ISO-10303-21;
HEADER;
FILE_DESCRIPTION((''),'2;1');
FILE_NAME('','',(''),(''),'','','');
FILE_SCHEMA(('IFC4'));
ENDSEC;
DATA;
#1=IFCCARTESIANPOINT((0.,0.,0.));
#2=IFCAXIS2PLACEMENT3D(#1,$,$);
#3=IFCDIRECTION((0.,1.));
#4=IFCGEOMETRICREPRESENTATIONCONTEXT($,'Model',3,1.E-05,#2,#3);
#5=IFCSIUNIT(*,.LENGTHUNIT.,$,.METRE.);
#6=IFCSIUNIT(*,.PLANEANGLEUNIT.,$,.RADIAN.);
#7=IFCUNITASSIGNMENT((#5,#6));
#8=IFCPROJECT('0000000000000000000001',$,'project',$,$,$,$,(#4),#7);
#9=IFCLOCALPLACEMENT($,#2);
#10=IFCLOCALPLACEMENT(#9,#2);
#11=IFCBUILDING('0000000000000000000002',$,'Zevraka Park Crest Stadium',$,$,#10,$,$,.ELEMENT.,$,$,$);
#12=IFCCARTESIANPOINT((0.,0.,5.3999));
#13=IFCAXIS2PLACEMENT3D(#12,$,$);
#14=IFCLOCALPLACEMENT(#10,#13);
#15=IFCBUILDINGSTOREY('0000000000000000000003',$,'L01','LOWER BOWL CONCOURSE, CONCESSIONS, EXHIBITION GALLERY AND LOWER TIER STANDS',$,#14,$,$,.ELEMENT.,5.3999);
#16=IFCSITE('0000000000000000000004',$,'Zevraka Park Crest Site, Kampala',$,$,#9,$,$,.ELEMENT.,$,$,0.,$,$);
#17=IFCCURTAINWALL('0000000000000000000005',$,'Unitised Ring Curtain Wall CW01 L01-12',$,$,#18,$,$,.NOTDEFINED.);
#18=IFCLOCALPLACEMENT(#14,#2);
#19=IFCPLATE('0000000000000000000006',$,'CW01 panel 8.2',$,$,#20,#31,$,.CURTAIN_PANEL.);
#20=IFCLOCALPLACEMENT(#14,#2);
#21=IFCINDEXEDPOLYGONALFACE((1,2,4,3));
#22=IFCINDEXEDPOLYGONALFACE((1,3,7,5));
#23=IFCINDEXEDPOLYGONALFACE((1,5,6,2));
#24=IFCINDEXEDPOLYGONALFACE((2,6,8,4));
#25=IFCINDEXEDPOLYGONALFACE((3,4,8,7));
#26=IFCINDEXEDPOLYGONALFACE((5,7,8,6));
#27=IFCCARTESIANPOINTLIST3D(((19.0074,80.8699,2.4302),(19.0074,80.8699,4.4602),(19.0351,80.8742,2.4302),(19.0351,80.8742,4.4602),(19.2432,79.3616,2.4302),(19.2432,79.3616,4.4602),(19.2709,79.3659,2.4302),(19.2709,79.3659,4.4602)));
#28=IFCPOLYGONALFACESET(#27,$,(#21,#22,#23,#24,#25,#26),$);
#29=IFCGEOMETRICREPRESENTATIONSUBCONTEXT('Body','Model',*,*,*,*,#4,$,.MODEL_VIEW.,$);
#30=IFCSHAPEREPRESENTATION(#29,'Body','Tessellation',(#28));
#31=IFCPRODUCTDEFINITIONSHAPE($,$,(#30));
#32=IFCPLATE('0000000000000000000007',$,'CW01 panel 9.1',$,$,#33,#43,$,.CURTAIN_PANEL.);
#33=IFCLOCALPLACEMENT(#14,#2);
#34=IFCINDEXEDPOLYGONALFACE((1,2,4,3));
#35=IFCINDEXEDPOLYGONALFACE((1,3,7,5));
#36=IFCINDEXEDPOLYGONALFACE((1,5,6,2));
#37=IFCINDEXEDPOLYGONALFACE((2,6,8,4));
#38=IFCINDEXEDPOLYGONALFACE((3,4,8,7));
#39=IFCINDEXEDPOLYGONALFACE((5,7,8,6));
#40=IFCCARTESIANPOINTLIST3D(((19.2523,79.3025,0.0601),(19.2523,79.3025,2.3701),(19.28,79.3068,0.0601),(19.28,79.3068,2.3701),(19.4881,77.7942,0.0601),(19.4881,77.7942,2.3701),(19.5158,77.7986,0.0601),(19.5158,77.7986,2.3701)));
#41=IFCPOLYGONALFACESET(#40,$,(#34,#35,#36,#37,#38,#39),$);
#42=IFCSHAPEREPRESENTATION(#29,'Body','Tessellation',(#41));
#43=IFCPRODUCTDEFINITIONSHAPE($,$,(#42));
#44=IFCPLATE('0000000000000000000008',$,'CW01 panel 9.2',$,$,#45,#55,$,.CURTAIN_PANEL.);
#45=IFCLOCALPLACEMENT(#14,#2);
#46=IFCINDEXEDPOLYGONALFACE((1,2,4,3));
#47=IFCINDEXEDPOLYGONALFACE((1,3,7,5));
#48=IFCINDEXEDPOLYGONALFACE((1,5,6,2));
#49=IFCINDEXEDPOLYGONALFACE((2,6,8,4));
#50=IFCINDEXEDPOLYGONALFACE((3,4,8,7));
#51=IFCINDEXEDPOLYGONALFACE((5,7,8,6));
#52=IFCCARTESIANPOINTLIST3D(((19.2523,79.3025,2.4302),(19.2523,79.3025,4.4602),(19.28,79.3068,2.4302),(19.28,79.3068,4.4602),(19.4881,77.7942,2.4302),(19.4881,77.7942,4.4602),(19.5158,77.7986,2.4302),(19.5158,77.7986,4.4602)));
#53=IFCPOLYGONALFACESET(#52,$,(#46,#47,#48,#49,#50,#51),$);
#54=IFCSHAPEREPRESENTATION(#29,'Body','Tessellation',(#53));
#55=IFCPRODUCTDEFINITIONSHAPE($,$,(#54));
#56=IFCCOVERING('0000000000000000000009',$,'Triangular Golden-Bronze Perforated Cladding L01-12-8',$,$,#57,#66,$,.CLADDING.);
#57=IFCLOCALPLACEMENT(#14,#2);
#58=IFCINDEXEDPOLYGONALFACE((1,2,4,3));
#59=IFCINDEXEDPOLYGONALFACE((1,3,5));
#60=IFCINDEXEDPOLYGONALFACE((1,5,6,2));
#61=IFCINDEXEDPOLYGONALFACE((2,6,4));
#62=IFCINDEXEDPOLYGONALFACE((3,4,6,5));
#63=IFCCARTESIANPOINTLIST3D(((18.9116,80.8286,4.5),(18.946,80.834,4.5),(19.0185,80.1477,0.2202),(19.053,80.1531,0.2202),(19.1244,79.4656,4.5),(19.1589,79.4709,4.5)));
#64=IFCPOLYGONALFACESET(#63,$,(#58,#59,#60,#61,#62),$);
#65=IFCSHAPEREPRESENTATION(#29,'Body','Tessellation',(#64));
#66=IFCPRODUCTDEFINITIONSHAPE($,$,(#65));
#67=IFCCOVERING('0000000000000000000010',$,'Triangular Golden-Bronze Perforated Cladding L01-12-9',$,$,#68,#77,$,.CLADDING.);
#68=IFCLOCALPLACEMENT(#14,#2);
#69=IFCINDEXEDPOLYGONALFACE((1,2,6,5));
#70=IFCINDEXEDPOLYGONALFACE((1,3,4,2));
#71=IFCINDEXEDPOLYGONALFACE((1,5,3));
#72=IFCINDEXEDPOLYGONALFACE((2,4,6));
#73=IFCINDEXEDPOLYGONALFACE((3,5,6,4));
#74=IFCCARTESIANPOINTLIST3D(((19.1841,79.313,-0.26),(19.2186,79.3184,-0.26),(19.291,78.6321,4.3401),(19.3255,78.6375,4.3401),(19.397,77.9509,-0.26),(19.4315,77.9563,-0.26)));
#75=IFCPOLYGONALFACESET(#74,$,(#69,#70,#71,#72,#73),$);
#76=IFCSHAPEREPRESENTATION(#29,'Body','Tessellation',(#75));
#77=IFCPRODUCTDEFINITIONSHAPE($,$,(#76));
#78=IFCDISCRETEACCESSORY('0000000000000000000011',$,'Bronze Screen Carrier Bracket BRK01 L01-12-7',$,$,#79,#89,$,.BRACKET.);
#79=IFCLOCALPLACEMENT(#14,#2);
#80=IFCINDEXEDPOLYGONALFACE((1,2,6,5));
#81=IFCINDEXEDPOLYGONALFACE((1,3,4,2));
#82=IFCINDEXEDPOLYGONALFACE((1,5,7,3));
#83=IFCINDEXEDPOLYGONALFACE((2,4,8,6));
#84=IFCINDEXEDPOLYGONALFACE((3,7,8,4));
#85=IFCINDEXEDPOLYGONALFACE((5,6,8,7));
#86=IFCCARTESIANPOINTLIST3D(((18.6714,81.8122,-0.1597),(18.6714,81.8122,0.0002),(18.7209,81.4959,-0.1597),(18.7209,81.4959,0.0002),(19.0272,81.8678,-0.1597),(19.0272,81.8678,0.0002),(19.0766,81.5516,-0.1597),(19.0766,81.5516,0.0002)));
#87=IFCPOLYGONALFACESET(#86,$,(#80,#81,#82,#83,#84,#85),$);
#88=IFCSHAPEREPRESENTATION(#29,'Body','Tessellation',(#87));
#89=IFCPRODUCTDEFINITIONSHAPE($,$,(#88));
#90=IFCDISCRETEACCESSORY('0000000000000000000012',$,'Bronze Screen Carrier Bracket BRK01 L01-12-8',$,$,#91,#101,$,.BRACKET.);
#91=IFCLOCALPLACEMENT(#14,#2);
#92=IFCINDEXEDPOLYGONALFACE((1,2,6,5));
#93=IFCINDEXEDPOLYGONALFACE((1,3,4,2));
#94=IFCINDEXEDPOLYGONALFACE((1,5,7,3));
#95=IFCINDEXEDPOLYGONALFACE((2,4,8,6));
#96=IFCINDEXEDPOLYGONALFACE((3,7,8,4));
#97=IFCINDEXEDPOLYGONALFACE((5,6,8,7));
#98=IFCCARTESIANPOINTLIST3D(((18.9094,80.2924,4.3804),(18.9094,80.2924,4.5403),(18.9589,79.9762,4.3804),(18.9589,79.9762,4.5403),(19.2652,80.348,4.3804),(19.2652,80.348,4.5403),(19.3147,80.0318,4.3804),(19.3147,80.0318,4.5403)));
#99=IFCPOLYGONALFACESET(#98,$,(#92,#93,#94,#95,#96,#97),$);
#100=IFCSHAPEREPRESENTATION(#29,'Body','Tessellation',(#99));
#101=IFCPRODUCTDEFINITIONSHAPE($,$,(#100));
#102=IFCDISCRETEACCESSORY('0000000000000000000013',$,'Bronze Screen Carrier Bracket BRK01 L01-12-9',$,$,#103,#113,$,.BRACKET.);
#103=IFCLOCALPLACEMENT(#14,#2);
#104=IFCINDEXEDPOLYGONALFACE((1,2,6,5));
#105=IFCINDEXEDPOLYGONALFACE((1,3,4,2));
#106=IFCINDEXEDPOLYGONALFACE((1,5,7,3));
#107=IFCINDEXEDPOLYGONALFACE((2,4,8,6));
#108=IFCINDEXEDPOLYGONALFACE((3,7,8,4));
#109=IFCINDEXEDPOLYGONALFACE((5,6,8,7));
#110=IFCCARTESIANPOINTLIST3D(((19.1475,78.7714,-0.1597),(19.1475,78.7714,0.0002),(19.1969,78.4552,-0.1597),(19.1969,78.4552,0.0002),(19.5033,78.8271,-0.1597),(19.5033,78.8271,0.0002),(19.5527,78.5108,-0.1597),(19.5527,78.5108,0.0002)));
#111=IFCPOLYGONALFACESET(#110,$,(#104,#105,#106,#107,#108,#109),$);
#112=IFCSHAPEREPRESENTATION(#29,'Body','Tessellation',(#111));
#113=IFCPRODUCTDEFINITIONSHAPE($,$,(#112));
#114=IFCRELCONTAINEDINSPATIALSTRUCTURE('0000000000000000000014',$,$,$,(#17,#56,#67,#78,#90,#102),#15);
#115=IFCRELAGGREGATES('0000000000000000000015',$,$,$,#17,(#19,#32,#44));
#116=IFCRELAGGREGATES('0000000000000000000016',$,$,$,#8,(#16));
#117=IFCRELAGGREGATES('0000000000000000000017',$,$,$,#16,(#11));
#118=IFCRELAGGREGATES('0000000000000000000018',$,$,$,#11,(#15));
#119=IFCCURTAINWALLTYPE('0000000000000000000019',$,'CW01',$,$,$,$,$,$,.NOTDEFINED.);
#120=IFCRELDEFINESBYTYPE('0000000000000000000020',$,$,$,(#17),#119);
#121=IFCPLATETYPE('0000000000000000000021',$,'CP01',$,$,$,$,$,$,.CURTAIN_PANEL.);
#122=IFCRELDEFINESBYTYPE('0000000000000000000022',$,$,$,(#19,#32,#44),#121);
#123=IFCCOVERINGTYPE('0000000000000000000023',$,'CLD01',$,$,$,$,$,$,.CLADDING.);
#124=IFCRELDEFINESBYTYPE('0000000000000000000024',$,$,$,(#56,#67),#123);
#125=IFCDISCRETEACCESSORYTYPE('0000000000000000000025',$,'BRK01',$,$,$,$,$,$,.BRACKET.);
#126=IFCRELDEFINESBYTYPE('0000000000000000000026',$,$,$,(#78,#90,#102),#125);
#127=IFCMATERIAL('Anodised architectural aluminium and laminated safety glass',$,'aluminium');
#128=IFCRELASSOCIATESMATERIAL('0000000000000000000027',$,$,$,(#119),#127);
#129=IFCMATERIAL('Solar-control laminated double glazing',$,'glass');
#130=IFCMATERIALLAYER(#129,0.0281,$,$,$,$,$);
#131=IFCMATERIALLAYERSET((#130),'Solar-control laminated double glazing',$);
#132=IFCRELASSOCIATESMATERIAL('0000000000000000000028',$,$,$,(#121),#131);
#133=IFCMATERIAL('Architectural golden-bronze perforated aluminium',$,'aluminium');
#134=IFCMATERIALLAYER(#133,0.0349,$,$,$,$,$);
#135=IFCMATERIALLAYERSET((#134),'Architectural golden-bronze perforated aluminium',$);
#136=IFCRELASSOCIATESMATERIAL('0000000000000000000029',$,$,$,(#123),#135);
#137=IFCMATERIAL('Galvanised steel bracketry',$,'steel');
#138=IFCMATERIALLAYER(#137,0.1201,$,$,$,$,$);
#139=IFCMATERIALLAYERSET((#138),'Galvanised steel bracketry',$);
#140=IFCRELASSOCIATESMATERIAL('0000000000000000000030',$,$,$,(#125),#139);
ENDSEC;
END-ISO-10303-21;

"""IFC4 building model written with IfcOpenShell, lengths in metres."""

from ifc_helpers import new_model, si_unit, direction, frame, origin, origin_2d, place, context, subcontext, project, spatial, polyline, rectangle, outline, extrude, material, layer, layer_set, type_object, element, aggregate, save


model = new_model("IFC4")

# Units and contexts
model_context = context("Model", 3, precision=1e-05, world=origin(), true_north=direction((0.0, 1.0)))
body_context = subcontext(model_context, "Body", "Model", "MODEL_VIEW")
ifc_project = project(units=[si_unit("LENGTHUNIT", "METRE"), si_unit("PLANEANGLEUNIT", "RADIAN")], contexts=[model_context])

# Site, building, storey
site_placement = place(None, origin())
site = spatial("IfcSite", under=ifc_project, at=site_placement, Name="Zevraka Park Crest Site, Kampala", CompositionType="ELEMENT", RefElevation=0.0)
building_placement = place(site_placement, origin())
building = spatial("IfcBuilding", under=site, at=building_placement, Name="Zevraka Park Crest Stadium", CompositionType="ELEMENT")
storey_placement = place(building_placement, frame((0.0, 0.0, 5.3999)))
storey = spatial("IfcBuildingStorey", under=building, at=storey_placement, Name="L01", Description="LOWER BOWL CONCOURSE, CONCESSIONS, EXHIBITION GALLERY AND LOWER TIER STANDS", CompositionType="ELEMENT", Elevation=5.3999)

# Curtain wall, plates
ifc_material_1 = material(Name="Anodised architectural aluminium and laminated safety glass", Category="aluminium")
curtain_wall_type = type_object("IfcCurtainWallType", Name="CW01", PredefinedType="NOTDEFINED", material=ifc_material_1)
curtain_wall_placement = place(storey_placement, origin())
curtain_wall = element("IfcCurtainWall", 1, at=curtain_wall_placement, inside=storey, type_object=curtain_wall_type, Name="Unitised Ring Curtain Wall CW01 L01-12", PredefinedType="NOTDEFINED")
ifc_material_2 = material(Name="Solar-control laminated double glazing", Category="glass")
ifc_layer_1 = layer(ifc_material_2, 0.0281)
ifc_layer_set_1 = layer_set([ifc_layer_1], Name="Solar-control laminated double glazing")
plate_type = type_object("IfcPlateType", Name="CP01", PredefinedType="CURTAIN_PANEL", material=ifc_layer_set_1)
plate_1_placement = place(storey_placement, frame((19.1392, 80.1179, 2.4302), z_axis=(0.0, 0.0, 1.0), x_axis=(0.154476, -0.987997, 0.0)))
plate_1 = element("IfcPlate", 2, at=plate_1_placement, type_object=plate_type, Name="CW01 panel 8.2", PredefinedType="CURTAIN_PANEL", context=body_context, shape_type="SweptSolid", body=[
    extrude(rectangle(XDim=1.5266, YDim=0.0281, at=origin_2d()), origin(), (0.0, 0.0, 1.0), 2.03),
])
plate_2_placement = place(storey_placement, frame((19.384, 78.5505, 0.0601), z_axis=(0.0, 0.0, 1.0), x_axis=(0.154476, -0.987997, 0.0)))
plate_2 = element("IfcPlate", 3, at=plate_2_placement, type_object=plate_type, Name="CW01 panel 9.1", PredefinedType="CURTAIN_PANEL", context=body_context, shape_type="SweptSolid", body=[
    extrude(rectangle(XDim=1.5266, YDim=0.0281, at=origin_2d()), origin(), (0.0, 0.0, 1.0), 2.3101),
])
plate_3_placement = place(storey_placement, frame((19.384, 78.5505, 2.4302), z_axis=(0.0, 0.0, 1.0), x_axis=(0.154476, -0.987997, 0.0)))
plate_3 = element("IfcPlate", 4, at=plate_3_placement, type_object=plate_type, Name="CW01 panel 9.2", PredefinedType="CURTAIN_PANEL", context=body_context, shape_type="SweptSolid", body=[
    extrude(rectangle(XDim=1.5266, YDim=0.0281, at=origin_2d()), origin(), (0.0, 0.0, 1.0), 2.03),
])
aggregate(curtain_wall, [plate_1, plate_2, plate_3])

# Coverings
ifc_material_3 = material(Name="Architectural golden-bronze perforated aluminium", Category="aluminium")
ifc_layer_2 = layer(ifc_material_3, 0.0349)
ifc_layer_set_2 = layer_set([ifc_layer_2], Name="Architectural golden-bronze perforated aluminium")
covering_type = type_object("IfcCoveringType", Name="CLD01", PredefinedType="CLADDING", material=ifc_layer_set_2)
covering_1_placement = place(storey_placement, frame((19.1589, 79.4709, 4.5), z_axis=(0.988021, 0.154317, 0.000135), x_axis=(-0.154317, 0.988021, 0.0)))
element("IfcCovering", 5, at=covering_1_placement, inside=storey, type_object=covering_type, Name="Triangular Golden-Bronze Perforated Cladding L01-12-8", PredefinedType="CLADDING", context=body_context, shape_type="SweptSolid", body=[
    extrude(outline(polyline([(0.0, 0.0), (1.3796, 0.0), (0.6903, -4.2798), (0.0, 0.0)])), origin(), (0.0, 0.0, -1.0), 0.0349),
])
covering_2_placement = place(storey_placement, frame((19.1841, 79.313, -0.26), z_axis=(-0.988004, -0.154425, 0.000109), x_axis=(0.154426, -0.988004, 0.0)))
element("IfcCovering", 6, at=covering_2_placement, inside=storey, type_object=covering_type, Name="Triangular Golden-Bronze Perforated Cladding L01-12-9", PredefinedType="CLADDING", context=body_context, shape_type="SweptSolid", body=[
    extrude(outline(polyline([(0.0, 0.0), (1.3786, 0.0), (0.6893, 4.6001), (0.0, 0.0)])), origin(), (0.0, 0.0, -1.0), 0.0349),
])

# Discrete accessories
ifc_material_4 = material(Name="Galvanised steel bracketry", Category="steel")
ifc_layer_3 = layer(ifc_material_4, 0.1201)
ifc_layer_set_3 = layer_set([ifc_layer_3], Name="Galvanised steel bracketry")
discrete_accessory_type = type_object("IfcDiscreteAccessoryType", Name="BRK01", PredefinedType="BRACKET", material=ifc_layer_set_3)
for number, where, z_axis, x_axis, name in (
    (7, (18.874, 81.6819, -0.1597), (0.0, 0.0, 1.0), (0.154538, -0.987987, 0.0), "Bronze Screen Carrier Bracket BRK01 L01-12-7"),
    (8, (19.1121, 80.1621, 4.3804), (0.0, 0.0, 1.0), (0.154538, -0.987987, 0.0), "Bronze Screen Carrier Bracket BRK01 L01-12-8"),
    (9, (19.3501, 78.6411, -0.1597), (0.0, 0.0, 1.0), (0.154538, -0.987987, 0.0), "Bronze Screen Carrier Bracket BRK01 L01-12-9"),
):
    element("IfcDiscreteAccessory", number, at=place(storey_placement, frame(where, z_axis=z_axis, x_axis=x_axis)), inside=storey, type_object=discrete_accessory_type, Name=name, PredefinedType="BRACKET", context=body_context, shape_type="SweptSolid", body=[
        extrude(rectangle(XDim=0.3201, YDim=0.3601, at=origin_2d()), origin(), (0.0, 0.0, 1.0), 0.1599),
    ])

save(model, "model.ifc")
